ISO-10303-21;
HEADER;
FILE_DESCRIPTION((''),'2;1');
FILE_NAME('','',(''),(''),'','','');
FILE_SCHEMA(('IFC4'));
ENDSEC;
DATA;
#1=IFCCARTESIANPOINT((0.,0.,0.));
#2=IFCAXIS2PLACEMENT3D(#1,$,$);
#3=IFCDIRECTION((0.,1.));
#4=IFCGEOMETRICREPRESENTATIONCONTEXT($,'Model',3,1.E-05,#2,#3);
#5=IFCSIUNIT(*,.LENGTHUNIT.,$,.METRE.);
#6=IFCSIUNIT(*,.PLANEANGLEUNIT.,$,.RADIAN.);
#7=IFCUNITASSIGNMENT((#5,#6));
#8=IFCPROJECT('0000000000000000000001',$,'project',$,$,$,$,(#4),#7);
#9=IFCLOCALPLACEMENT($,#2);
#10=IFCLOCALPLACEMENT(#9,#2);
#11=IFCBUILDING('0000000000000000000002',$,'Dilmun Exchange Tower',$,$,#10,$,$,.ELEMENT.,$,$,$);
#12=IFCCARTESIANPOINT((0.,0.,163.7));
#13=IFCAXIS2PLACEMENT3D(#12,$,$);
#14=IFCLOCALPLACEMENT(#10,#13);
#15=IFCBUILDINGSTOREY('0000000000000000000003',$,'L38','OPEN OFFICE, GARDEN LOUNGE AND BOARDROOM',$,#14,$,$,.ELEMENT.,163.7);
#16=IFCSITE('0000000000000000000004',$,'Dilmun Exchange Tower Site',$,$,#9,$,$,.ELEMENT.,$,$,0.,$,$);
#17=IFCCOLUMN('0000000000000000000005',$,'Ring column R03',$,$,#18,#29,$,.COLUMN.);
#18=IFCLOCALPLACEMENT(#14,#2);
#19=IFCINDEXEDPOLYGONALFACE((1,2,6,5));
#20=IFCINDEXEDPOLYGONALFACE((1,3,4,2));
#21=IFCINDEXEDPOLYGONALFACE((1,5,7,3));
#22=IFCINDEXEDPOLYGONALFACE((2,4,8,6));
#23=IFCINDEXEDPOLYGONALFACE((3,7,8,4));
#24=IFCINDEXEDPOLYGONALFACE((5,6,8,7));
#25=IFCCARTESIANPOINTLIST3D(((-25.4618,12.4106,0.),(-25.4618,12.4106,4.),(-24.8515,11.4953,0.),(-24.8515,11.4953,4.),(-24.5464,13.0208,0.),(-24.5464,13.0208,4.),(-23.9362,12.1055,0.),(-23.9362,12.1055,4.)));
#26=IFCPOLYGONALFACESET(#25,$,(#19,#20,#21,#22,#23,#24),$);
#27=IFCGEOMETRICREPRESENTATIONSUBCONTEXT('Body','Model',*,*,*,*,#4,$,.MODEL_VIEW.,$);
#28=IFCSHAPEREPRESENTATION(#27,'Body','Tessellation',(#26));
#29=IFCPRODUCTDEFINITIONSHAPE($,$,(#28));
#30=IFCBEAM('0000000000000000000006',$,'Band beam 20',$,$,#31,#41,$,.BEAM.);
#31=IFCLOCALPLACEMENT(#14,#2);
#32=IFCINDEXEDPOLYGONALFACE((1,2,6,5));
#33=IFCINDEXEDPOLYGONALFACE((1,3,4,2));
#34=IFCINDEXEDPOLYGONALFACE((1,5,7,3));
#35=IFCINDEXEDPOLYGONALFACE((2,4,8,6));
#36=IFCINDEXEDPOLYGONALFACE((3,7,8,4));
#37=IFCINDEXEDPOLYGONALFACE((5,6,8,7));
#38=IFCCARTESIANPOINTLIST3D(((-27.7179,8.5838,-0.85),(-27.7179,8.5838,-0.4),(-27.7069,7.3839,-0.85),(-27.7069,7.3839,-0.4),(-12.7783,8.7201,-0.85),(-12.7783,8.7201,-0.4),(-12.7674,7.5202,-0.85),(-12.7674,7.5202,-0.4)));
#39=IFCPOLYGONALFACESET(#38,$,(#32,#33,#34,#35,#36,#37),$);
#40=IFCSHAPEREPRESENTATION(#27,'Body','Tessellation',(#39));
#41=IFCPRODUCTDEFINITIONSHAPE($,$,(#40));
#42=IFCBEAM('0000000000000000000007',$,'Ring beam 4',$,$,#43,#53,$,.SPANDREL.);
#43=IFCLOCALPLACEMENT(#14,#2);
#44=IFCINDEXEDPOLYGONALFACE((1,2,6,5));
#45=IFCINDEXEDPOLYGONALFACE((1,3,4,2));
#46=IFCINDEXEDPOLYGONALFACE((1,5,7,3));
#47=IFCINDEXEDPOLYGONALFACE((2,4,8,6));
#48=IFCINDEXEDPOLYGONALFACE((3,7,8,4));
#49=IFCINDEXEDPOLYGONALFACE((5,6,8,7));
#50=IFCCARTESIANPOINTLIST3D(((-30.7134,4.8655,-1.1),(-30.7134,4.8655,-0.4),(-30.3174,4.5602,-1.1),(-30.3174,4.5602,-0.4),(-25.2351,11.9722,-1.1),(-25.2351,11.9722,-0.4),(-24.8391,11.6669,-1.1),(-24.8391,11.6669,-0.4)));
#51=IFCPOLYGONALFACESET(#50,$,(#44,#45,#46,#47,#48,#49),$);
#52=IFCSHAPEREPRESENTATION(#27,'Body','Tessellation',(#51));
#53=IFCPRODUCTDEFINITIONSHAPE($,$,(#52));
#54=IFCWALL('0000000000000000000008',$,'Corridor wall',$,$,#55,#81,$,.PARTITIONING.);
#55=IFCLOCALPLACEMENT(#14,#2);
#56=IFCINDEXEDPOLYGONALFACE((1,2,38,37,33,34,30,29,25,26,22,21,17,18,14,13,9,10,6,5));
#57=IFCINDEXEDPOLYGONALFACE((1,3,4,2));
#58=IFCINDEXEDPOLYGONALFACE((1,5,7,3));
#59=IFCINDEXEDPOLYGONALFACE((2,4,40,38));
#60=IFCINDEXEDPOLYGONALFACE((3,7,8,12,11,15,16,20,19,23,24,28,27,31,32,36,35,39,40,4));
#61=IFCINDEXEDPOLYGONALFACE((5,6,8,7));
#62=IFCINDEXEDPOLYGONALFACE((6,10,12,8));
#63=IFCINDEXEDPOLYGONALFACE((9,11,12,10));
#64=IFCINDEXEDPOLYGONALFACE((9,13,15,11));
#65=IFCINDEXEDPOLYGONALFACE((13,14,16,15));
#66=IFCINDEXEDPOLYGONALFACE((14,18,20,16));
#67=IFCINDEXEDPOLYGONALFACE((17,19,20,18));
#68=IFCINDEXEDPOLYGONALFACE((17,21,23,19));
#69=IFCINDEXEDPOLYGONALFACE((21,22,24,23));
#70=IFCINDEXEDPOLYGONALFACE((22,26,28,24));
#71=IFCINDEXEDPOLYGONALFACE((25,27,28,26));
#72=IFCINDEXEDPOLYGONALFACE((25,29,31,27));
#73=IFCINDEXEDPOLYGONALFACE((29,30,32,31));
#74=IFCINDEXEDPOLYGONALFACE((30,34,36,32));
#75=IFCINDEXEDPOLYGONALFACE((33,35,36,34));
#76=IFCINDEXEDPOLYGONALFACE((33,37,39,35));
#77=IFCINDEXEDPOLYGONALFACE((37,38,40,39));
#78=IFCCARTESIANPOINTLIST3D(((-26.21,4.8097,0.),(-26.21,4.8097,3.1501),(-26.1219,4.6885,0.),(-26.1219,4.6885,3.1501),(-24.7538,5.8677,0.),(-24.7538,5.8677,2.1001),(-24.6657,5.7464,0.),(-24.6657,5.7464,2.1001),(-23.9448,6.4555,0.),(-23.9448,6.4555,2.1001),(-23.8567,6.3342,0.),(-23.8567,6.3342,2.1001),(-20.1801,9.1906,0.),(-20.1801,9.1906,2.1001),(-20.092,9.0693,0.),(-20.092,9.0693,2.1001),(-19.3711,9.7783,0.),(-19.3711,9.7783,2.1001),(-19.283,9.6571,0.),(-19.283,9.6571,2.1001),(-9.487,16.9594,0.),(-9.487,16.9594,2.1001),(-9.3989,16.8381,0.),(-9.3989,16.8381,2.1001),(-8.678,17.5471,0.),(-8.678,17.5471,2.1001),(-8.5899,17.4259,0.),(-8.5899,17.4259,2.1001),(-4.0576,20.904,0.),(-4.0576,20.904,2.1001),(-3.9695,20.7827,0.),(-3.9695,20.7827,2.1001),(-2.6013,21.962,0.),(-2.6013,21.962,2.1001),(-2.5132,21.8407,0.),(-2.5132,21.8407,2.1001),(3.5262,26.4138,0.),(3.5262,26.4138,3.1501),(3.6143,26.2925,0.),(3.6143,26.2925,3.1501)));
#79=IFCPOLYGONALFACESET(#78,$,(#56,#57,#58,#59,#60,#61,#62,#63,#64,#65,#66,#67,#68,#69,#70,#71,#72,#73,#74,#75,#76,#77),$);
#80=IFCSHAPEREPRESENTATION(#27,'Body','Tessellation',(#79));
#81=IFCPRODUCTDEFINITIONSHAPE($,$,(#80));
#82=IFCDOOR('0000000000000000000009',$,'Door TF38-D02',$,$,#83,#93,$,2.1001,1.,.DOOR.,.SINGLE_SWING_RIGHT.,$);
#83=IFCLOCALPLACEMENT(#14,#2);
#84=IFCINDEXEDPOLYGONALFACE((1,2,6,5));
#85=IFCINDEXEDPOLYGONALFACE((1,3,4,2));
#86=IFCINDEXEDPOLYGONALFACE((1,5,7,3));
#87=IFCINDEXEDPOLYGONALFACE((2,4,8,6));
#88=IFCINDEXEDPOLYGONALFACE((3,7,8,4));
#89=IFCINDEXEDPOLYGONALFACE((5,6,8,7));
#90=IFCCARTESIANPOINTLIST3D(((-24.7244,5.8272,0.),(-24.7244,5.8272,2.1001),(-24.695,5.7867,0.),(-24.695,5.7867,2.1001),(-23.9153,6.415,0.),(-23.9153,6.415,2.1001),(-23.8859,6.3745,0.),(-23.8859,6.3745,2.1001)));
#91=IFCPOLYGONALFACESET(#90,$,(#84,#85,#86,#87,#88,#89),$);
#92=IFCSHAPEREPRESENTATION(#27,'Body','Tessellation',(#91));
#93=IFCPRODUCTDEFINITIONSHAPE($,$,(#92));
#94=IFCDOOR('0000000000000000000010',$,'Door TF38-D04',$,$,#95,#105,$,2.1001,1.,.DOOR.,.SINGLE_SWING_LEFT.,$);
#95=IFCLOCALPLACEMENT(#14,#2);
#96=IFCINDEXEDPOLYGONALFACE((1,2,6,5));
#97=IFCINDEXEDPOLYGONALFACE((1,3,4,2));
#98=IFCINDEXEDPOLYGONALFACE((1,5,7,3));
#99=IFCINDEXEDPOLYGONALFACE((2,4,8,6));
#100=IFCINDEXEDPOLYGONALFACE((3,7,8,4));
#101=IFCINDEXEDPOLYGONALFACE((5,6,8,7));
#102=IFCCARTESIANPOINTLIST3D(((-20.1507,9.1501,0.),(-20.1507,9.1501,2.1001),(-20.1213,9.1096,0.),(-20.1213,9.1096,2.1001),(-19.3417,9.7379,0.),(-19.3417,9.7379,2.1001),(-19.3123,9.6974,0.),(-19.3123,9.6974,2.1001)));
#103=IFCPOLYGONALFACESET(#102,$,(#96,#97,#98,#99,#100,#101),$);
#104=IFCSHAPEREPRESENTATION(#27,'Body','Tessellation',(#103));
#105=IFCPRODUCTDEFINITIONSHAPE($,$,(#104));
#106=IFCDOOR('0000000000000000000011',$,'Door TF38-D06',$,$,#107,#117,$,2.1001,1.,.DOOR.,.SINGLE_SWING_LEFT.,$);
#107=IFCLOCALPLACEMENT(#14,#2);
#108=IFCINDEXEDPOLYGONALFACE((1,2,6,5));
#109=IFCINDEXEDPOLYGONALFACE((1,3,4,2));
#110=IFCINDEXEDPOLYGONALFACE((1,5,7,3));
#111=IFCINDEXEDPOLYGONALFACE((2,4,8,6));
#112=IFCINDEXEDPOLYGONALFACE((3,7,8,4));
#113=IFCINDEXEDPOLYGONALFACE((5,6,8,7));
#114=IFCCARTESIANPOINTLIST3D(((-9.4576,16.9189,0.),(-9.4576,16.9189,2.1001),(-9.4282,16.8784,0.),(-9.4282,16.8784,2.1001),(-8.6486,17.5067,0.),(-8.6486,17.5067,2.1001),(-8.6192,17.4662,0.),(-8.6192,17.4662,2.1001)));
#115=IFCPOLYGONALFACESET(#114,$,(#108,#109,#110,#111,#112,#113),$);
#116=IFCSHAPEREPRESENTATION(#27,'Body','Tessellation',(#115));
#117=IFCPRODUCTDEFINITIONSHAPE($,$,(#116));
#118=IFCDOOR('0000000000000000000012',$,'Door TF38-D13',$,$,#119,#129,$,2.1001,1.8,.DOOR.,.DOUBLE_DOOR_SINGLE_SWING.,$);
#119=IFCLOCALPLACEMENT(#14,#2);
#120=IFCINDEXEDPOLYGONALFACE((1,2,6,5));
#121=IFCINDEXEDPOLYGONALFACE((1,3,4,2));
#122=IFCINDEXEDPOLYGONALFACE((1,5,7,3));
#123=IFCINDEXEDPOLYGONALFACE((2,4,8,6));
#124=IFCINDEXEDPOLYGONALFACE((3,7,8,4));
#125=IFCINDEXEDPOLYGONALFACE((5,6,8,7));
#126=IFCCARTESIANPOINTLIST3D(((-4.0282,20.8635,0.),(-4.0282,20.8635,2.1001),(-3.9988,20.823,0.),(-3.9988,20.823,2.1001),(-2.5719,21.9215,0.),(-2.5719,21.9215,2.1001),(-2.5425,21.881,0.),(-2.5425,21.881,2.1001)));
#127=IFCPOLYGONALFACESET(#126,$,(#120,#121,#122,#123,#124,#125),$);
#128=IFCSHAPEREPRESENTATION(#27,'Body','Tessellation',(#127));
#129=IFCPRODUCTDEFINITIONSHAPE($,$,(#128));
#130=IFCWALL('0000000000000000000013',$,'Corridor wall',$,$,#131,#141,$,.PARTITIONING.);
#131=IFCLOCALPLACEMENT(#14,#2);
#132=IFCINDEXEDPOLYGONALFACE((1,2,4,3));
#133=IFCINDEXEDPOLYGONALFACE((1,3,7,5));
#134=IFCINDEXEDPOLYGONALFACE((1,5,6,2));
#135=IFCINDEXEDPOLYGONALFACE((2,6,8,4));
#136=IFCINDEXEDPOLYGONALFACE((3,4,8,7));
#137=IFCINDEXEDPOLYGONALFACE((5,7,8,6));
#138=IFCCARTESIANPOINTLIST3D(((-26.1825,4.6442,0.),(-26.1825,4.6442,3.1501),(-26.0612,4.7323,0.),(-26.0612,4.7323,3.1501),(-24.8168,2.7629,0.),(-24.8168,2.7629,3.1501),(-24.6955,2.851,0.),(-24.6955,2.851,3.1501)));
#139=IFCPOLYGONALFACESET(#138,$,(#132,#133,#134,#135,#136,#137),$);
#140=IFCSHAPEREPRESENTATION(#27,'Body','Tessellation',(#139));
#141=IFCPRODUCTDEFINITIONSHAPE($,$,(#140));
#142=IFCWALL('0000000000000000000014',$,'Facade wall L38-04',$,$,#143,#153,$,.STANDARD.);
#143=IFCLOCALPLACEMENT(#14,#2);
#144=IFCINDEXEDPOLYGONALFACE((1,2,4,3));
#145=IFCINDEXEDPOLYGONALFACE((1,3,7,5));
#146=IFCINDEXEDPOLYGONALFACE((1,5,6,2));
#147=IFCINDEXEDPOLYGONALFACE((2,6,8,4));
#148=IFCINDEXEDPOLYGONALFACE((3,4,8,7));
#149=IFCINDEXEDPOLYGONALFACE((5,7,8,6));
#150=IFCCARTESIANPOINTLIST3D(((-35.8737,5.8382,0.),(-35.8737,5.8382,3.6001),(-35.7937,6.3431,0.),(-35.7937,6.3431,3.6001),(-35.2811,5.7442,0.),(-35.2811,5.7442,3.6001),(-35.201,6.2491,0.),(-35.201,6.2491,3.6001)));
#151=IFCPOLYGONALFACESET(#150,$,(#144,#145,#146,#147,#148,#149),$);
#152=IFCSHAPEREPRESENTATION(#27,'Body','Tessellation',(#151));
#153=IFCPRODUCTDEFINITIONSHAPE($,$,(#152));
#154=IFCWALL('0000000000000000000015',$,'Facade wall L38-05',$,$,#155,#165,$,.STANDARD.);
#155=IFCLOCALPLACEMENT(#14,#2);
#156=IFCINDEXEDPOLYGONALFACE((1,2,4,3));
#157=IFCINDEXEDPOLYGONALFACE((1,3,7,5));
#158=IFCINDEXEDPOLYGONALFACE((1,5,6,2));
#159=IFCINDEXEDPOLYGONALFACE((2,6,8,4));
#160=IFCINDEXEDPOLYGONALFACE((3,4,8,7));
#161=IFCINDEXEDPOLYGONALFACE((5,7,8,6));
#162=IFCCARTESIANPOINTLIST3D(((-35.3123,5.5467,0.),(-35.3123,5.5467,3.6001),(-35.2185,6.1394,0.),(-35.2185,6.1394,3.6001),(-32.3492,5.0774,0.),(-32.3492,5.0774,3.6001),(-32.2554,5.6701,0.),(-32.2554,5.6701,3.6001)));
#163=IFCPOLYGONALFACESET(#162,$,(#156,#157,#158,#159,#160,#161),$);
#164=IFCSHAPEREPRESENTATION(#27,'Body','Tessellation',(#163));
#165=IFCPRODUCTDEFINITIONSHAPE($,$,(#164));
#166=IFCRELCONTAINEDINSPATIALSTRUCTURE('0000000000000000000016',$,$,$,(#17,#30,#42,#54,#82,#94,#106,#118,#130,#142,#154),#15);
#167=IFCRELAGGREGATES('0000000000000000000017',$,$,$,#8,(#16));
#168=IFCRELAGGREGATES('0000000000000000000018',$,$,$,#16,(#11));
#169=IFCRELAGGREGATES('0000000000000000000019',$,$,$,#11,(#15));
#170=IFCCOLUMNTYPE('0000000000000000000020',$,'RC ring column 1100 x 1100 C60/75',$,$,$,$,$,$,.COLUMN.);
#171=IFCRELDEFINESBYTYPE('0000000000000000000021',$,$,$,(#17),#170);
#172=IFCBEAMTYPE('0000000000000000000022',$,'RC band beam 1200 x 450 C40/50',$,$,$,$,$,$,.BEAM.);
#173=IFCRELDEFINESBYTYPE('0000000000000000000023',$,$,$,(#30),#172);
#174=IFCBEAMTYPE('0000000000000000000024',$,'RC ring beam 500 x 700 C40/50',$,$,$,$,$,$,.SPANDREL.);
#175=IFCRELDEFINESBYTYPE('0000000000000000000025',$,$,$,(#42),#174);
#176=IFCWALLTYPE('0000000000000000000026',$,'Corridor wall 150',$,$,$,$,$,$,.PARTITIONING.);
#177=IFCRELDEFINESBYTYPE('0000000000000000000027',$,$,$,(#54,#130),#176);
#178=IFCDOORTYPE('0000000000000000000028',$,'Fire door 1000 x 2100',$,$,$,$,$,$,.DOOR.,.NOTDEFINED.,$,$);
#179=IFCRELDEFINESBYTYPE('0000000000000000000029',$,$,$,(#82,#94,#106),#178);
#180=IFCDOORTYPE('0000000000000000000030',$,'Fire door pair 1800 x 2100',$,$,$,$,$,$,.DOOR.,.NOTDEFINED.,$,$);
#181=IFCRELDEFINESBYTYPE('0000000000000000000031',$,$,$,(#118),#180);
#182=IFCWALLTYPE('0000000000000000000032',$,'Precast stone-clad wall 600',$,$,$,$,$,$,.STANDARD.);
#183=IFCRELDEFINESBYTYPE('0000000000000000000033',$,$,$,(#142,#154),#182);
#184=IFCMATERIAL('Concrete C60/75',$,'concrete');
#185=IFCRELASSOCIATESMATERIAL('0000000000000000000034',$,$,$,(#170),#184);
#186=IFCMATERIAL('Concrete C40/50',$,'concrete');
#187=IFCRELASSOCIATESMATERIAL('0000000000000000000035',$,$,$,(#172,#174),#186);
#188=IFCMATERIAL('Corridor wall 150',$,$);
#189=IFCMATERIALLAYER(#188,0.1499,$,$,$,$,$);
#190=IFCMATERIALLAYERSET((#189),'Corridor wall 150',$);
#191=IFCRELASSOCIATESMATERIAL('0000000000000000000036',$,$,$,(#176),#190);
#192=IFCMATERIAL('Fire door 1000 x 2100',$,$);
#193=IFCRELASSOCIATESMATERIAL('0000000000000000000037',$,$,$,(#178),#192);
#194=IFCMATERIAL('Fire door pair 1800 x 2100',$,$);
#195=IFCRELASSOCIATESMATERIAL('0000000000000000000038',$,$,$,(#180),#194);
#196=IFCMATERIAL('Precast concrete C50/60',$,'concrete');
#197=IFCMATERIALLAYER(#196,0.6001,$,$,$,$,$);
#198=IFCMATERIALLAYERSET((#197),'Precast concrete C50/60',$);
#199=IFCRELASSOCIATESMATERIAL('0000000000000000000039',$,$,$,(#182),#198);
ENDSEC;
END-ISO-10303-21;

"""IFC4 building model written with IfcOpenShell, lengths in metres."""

from ifc_helpers import new_model, si_unit, direction, frame, frame_2d, origin, origin_2d, place, context, subcontext, project, spatial, rectangle, extrude, material, layer, layer_set, material_profile, profile_set, type_object, element, fill, save


model = new_model("IFC4")

# Units and contexts
model_context = context("Model", 3, precision=1e-05, world=origin(), true_north=direction((0.0, 1.0)))
body_context = subcontext(model_context, "Body", "Model", "MODEL_VIEW")
ifc_project = project(units=[si_unit("LENGTHUNIT", "METRE"), si_unit("PLANEANGLEUNIT", "RADIAN")], contexts=[model_context])

# Site, building, storey
site_placement = place(None, origin())
site = spatial("IfcSite", under=ifc_project, at=site_placement, Name="Dilmun Exchange Tower Site", CompositionType="ELEMENT", RefElevation=0.0)
building_placement = place(site_placement, origin())
building = spatial("IfcBuilding", under=site, at=building_placement, Name="Dilmun Exchange Tower", CompositionType="ELEMENT")
storey_placement = place(building_placement, frame((0.0, 0.0, 163.7)))
storey = spatial("IfcBuildingStorey", under=building, at=storey_placement, Name="L38", Description="OPEN OFFICE, GARDEN LOUNGE AND BOARDROOM", CompositionType="ELEMENT", Elevation=163.7)

# Column
ifc_material_1 = material(Name="Concrete C60/75", Category="concrete")
ifc_material_profile_1 = material_profile(ifc_material_1, rectangle(XDim=1.1001, YDim=1.1001, at=origin_2d()), Name="1100 x 1100")
ifc_profile_set_1 = profile_set([ifc_material_profile_1], Name="Concrete C60/75")
column_type = type_object("IfcColumnType", Name="RC ring column 1100 x 1100 C60/75", PredefinedType="COLUMN", material=ifc_profile_set_1)
column_placement = place(storey_placement, frame((-24.699, 12.2581, 0.0), z_axis=(0.0, 0.0, 1.0), x_axis=(0.832029, 0.554733, 0.0)))
element("IfcColumn", 1, at=column_placement, inside=storey, type_object=column_type, Name="Ring column R03", PredefinedType="COLUMN", context=body_context, shape_type="SweptSolid", body=[
    extrude(rectangle(XDim=1.1001, YDim=1.1001, at=origin_2d()), origin(), (0.0, 0.0, 1.0), 4.0),
])

# Beams
ifc_material_2 = material(Name="Concrete C40/50", Category="concrete")
ifc_material_profile_2 = material_profile(ifc_material_2, rectangle(XDim=1.2, YDim=0.45, at=origin_2d()), Name="1200 x 450")
ifc_profile_set_2 = profile_set([ifc_material_profile_2], Name="Concrete C40/50")
beam_type_1 = type_object("IfcBeamType", Name="RC band beam 1200 x 450 C40/50", PredefinedType="BEAM", material=ifc_profile_set_2)
beam_1_placement = place(storey_placement, frame((-27.7124, 7.9839, -0.625), z_axis=(0.999958, 0.009118, 0.0), x_axis=(-0.009118, 0.999958, 0.0)))
element("IfcBeam", 2, at=beam_1_placement, inside=storey, type_object=beam_type_1, Name="Band beam 20", PredefinedType="BEAM", context=body_context, shape_type="SweptSolid", body=[
    extrude(rectangle(XDim=1.2, YDim=0.45, at=origin_2d()), origin(), (0.0, 0.0, 1.0), 14.9402),
])
ifc_material_profile_3 = material_profile(ifc_material_2, rectangle(XDim=0.5, YDim=0.7, at=origin_2d()), Name="500 x 700")
ifc_profile_set_3 = profile_set([ifc_material_profile_3], Name="Concrete C40/50")
beam_type_2 = type_object("IfcBeamType", Name="RC ring beam 500 x 700 C40/50", PredefinedType="SPANDREL", material=ifc_profile_set_3)
beam_2_placement = place(storey_placement, frame((-25.0371, 11.8196, -0.75), z_axis=(-0.610522, -0.792, 0.0), x_axis=(0.792, -0.610522, 0.0)))
element("IfcBeam", 3, at=beam_2_placement, inside=storey, type_object=beam_type_2, Name="Ring beam 4", PredefinedType="SPANDREL", context=body_context, shape_type="SweptSolid", body=[
    extrude(rectangle(XDim=0.5, YDim=0.7, at=origin_2d()), origin(), (0.0, 0.0, 1.0), 8.9731),
])

# Wall, openings, doors
ifc_material_3 = material(Name="Corridor wall 150")
ifc_layer_1 = layer(ifc_material_3, 0.1499)
ifc_layer_set_1 = layer_set([ifc_layer_1], Name="Corridor wall 150")
wall_type_1 = type_object("IfcWallType", Name="Corridor wall 150", PredefinedType="PARTITIONING", material=ifc_layer_set_1)
wall_1_placement = place(storey_placement, frame((-26.166, 4.749, 0.0), z_axis=(0.0, 0.0, 1.0), x_axis=(0.809024, 0.587776, 0.0)))
wall_1 = element("IfcWall", 4, at=wall_1_placement, inside=storey, type_object=wall_type_1, Name="Corridor wall", PredefinedType="PARTITIONING", context=body_context, shape_type="SweptSolid", body=[
    extrude(rectangle(XDim=36.7556, YDim=0.1499, at=frame_2d((18.3779, 0.0))), origin(), (0.0, 0.0, 1.0), 3.1501),
])
opening_1_placement = place(wall_1_placement, frame((1.8, 0.0, 0.0)))
opening_1 = element("IfcOpeningElement", 5, at=opening_1_placement, cuts=wall_1, PredefinedType="OPENING", context=body_context, shape_type="SweptSolid", body=[
    extrude(rectangle(XDim=1.0, YDim=2.1001, at=frame_2d((0.5, 1.05))), frame((0.0, 0.085, 0.0), z_axis=(0.0, -1.0, 0.0), x_axis=(1.0, 0.0, 0.0)), (0.0, 0.0, 1.0), 0.1699),
])
opening_2_placement = place(wall_1_placement, frame((7.4534, 0.0, 0.0)))
opening_2 = element("IfcOpeningElement", 6, at=opening_2_placement, cuts=wall_1, PredefinedType="OPENING", context=body_context, shape_type="SweptSolid", body=[
    extrude(rectangle(XDim=1.0, YDim=2.1001, at=frame_2d((0.5, 1.05))), frame((0.0, 0.085, 0.0), z_axis=(0.0, -1.0, 0.0), x_axis=(1.0, 0.0, 0.0)), (0.0, 0.0, 1.0), 0.1699),
])
opening_3_placement = place(wall_1_placement, frame((20.6707, 0.0, 0.0)))
opening_3 = element("IfcOpeningElement", 7, at=opening_3_placement, cuts=wall_1, PredefinedType="OPENING", context=body_context, shape_type="SweptSolid", body=[
    extrude(rectangle(XDim=1.0, YDim=2.1001, at=frame_2d((0.5, 1.05))), frame((0.0, 0.085, 0.0), z_axis=(0.0, -1.0, 0.0), x_axis=(1.0, 0.0, 0.0)), (0.0, 0.0, 1.0), 0.1699),
])
opening_4_placement = place(wall_1_placement, frame((27.3818, 0.0, 0.0)))
opening_4 = element("IfcOpeningElement", 8, at=opening_4_placement, cuts=wall_1, PredefinedType="OPENING", context=body_context, shape_type="SweptSolid", body=[
    extrude(rectangle(XDim=1.8, YDim=2.1001, at=frame_2d((0.8999, 1.05))), frame((0.0, 0.085, 0.0), z_axis=(0.0, -1.0, 0.0), x_axis=(1.0, 0.0, 0.0)), (0.0, 0.0, 1.0), 0.1699),
])
ifc_material_4 = material(Name="Fire door 1000 x 2100")
door_type_1 = type_object("IfcDoorType", Name="Fire door 1000 x 2100", OperationType="NOTDEFINED", PredefinedType="DOOR", material=ifc_material_4)
door_1_placement = place(opening_1_placement, origin())
door_1 = element("IfcDoor", 9, at=door_1_placement, inside=storey, type_object=door_type_1, Name="Door TF38-D02", OperationType="SINGLE_SWING_RIGHT", OverallHeight=2.1001, OverallWidth=1.0, PredefinedType="DOOR", context=body_context, shape_type="SweptSolid", body=[
    extrude(rectangle(XDim=1.0, YDim=2.1001, at=frame_2d((0.5, 1.05))), frame((0.0, 0.0249, 0.0), z_axis=(0.0, -1.0, 0.0), x_axis=(1.0, 0.0, 0.0)), (0.0, 0.0, 1.0), 0.05),
])
fill(opening_1, door_1)
door_2_placement = place(opening_2_placement, origin())
door_2 = element("IfcDoor", 10, at=door_2_placement, inside=storey, type_object=door_type_1, Name="Door TF38-D04", OperationType="SINGLE_SWING_LEFT", OverallHeight=2.1001, OverallWidth=1.0, PredefinedType="DOOR", context=body_context, shape_type="SweptSolid", body=[
    extrude(rectangle(XDim=1.0, YDim=2.1001, at=frame_2d((0.5, 1.05))), frame((0.0, 0.0249, 0.0), z_axis=(0.0, -1.0, 0.0), x_axis=(1.0, 0.0, 0.0)), (0.0, 0.0, 1.0), 0.05),
])
fill(opening_2, door_2)
door_3_placement = place(opening_3_placement, origin())
door_3 = element("IfcDoor", 11, at=door_3_placement, inside=storey, type_object=door_type_1, Name="Door TF38-D06", OperationType="SINGLE_SWING_LEFT", OverallHeight=2.1001, OverallWidth=1.0, PredefinedType="DOOR", context=body_context, shape_type="SweptSolid", body=[
    extrude(rectangle(XDim=1.0, YDim=2.1001, at=frame_2d((0.5, 1.05))), frame((0.0, 0.0249, 0.0), z_axis=(0.0, -1.0, 0.0), x_axis=(1.0, 0.0, 0.0)), (0.0, 0.0, 1.0), 0.05),
])
fill(opening_3, door_3)
ifc_material_5 = material(Name="Fire door pair 1800 x 2100")
door_type_2 = type_object("IfcDoorType", Name="Fire door pair 1800 x 2100", OperationType="NOTDEFINED", PredefinedType="DOOR", material=ifc_material_5)
door_4_placement = place(opening_4_placement, origin())
door_4 = element("IfcDoor", 12, at=door_4_placement, inside=storey, type_object=door_type_2, Name="Door TF38-D13", OperationType="DOUBLE_DOOR_SINGLE_SWING", OverallHeight=2.1001, OverallWidth=1.8, PredefinedType="DOOR", context=body_context, shape_type="SweptSolid", body=[
    extrude(rectangle(XDim=1.8, YDim=2.1001, at=frame_2d((0.8999, 1.05))), frame((0.0, 0.0249, 0.0), z_axis=(0.0, -1.0, 0.0), x_axis=(1.0, 0.0, 0.0)), (0.0, 0.0, 1.0), 0.05),
])
fill(opening_4, door_4)

# Walls
wall_2_placement = place(storey_placement, frame((-26.1218, 4.6882, 0.0), z_axis=(0.0, 0.0, 1.0), x_axis=(0.58746, -0.809253, 0.0)))
element("IfcWall", 13, at=wall_2_placement, inside=storey, type_object=wall_type_1, Name="Corridor wall", PredefinedType="PARTITIONING", context=body_context, shape_type="SweptSolid", body=[
    extrude(rectangle(XDim=2.3247, YDim=0.1499, at=frame_2d((1.1624, 0.0))), origin(), (0.0, 0.0, 1.0), 3.1501),
])
ifc_material_6 = material(Name="Precast concrete C50/60", Category="concrete")
ifc_layer_2 = layer(ifc_material_6, 0.6001)
ifc_layer_set_2 = layer_set([ifc_layer_2], Name="Precast concrete C50/60")
wall_type_2 = type_object("IfcWallType", Name="Precast stone-clad wall 600", PredefinedType="STANDARD", material=ifc_layer_set_2)
wall_3_placement = place(storey_placement, frame((-35.4973, 6.2961, 0.0), z_axis=(0.0, 0.0, 1.0), x_axis=(-0.156649, -0.987654, 0.0)))
element("IfcWall", 14, at=wall_3_placement, inside=storey, type_object=wall_type_2, Name="Facade wall L38-04", PredefinedType="STANDARD", context=body_context, shape_type="SweptSolid", body=[
    extrude(rectangle(XDim=0.5112, YDim=0.6001, at=frame_2d((0.2556, 0.0))), origin(), (0.0, 0.0, 1.0), 3.6001),
])
wall_4_placement = place(storey_placement, frame((-35.2654, 5.843, 0.0), z_axis=(0.0, 0.0, 1.0), x_axis=(0.987692, -0.15641, 0.0)))
element("IfcWall", 15, at=wall_4_placement, inside=storey, type_object=wall_type_2, Name="Facade wall L38-05", PredefinedType="STANDARD", context=body_context, shape_type="SweptSolid", body=[
    extrude(rectangle(XDim=3.0, YDim=0.6001, at=frame_2d((1.5, 0.0))), origin(), (0.0, 0.0, 1.0), 3.6001),
])

save(model, "model.ifc")
